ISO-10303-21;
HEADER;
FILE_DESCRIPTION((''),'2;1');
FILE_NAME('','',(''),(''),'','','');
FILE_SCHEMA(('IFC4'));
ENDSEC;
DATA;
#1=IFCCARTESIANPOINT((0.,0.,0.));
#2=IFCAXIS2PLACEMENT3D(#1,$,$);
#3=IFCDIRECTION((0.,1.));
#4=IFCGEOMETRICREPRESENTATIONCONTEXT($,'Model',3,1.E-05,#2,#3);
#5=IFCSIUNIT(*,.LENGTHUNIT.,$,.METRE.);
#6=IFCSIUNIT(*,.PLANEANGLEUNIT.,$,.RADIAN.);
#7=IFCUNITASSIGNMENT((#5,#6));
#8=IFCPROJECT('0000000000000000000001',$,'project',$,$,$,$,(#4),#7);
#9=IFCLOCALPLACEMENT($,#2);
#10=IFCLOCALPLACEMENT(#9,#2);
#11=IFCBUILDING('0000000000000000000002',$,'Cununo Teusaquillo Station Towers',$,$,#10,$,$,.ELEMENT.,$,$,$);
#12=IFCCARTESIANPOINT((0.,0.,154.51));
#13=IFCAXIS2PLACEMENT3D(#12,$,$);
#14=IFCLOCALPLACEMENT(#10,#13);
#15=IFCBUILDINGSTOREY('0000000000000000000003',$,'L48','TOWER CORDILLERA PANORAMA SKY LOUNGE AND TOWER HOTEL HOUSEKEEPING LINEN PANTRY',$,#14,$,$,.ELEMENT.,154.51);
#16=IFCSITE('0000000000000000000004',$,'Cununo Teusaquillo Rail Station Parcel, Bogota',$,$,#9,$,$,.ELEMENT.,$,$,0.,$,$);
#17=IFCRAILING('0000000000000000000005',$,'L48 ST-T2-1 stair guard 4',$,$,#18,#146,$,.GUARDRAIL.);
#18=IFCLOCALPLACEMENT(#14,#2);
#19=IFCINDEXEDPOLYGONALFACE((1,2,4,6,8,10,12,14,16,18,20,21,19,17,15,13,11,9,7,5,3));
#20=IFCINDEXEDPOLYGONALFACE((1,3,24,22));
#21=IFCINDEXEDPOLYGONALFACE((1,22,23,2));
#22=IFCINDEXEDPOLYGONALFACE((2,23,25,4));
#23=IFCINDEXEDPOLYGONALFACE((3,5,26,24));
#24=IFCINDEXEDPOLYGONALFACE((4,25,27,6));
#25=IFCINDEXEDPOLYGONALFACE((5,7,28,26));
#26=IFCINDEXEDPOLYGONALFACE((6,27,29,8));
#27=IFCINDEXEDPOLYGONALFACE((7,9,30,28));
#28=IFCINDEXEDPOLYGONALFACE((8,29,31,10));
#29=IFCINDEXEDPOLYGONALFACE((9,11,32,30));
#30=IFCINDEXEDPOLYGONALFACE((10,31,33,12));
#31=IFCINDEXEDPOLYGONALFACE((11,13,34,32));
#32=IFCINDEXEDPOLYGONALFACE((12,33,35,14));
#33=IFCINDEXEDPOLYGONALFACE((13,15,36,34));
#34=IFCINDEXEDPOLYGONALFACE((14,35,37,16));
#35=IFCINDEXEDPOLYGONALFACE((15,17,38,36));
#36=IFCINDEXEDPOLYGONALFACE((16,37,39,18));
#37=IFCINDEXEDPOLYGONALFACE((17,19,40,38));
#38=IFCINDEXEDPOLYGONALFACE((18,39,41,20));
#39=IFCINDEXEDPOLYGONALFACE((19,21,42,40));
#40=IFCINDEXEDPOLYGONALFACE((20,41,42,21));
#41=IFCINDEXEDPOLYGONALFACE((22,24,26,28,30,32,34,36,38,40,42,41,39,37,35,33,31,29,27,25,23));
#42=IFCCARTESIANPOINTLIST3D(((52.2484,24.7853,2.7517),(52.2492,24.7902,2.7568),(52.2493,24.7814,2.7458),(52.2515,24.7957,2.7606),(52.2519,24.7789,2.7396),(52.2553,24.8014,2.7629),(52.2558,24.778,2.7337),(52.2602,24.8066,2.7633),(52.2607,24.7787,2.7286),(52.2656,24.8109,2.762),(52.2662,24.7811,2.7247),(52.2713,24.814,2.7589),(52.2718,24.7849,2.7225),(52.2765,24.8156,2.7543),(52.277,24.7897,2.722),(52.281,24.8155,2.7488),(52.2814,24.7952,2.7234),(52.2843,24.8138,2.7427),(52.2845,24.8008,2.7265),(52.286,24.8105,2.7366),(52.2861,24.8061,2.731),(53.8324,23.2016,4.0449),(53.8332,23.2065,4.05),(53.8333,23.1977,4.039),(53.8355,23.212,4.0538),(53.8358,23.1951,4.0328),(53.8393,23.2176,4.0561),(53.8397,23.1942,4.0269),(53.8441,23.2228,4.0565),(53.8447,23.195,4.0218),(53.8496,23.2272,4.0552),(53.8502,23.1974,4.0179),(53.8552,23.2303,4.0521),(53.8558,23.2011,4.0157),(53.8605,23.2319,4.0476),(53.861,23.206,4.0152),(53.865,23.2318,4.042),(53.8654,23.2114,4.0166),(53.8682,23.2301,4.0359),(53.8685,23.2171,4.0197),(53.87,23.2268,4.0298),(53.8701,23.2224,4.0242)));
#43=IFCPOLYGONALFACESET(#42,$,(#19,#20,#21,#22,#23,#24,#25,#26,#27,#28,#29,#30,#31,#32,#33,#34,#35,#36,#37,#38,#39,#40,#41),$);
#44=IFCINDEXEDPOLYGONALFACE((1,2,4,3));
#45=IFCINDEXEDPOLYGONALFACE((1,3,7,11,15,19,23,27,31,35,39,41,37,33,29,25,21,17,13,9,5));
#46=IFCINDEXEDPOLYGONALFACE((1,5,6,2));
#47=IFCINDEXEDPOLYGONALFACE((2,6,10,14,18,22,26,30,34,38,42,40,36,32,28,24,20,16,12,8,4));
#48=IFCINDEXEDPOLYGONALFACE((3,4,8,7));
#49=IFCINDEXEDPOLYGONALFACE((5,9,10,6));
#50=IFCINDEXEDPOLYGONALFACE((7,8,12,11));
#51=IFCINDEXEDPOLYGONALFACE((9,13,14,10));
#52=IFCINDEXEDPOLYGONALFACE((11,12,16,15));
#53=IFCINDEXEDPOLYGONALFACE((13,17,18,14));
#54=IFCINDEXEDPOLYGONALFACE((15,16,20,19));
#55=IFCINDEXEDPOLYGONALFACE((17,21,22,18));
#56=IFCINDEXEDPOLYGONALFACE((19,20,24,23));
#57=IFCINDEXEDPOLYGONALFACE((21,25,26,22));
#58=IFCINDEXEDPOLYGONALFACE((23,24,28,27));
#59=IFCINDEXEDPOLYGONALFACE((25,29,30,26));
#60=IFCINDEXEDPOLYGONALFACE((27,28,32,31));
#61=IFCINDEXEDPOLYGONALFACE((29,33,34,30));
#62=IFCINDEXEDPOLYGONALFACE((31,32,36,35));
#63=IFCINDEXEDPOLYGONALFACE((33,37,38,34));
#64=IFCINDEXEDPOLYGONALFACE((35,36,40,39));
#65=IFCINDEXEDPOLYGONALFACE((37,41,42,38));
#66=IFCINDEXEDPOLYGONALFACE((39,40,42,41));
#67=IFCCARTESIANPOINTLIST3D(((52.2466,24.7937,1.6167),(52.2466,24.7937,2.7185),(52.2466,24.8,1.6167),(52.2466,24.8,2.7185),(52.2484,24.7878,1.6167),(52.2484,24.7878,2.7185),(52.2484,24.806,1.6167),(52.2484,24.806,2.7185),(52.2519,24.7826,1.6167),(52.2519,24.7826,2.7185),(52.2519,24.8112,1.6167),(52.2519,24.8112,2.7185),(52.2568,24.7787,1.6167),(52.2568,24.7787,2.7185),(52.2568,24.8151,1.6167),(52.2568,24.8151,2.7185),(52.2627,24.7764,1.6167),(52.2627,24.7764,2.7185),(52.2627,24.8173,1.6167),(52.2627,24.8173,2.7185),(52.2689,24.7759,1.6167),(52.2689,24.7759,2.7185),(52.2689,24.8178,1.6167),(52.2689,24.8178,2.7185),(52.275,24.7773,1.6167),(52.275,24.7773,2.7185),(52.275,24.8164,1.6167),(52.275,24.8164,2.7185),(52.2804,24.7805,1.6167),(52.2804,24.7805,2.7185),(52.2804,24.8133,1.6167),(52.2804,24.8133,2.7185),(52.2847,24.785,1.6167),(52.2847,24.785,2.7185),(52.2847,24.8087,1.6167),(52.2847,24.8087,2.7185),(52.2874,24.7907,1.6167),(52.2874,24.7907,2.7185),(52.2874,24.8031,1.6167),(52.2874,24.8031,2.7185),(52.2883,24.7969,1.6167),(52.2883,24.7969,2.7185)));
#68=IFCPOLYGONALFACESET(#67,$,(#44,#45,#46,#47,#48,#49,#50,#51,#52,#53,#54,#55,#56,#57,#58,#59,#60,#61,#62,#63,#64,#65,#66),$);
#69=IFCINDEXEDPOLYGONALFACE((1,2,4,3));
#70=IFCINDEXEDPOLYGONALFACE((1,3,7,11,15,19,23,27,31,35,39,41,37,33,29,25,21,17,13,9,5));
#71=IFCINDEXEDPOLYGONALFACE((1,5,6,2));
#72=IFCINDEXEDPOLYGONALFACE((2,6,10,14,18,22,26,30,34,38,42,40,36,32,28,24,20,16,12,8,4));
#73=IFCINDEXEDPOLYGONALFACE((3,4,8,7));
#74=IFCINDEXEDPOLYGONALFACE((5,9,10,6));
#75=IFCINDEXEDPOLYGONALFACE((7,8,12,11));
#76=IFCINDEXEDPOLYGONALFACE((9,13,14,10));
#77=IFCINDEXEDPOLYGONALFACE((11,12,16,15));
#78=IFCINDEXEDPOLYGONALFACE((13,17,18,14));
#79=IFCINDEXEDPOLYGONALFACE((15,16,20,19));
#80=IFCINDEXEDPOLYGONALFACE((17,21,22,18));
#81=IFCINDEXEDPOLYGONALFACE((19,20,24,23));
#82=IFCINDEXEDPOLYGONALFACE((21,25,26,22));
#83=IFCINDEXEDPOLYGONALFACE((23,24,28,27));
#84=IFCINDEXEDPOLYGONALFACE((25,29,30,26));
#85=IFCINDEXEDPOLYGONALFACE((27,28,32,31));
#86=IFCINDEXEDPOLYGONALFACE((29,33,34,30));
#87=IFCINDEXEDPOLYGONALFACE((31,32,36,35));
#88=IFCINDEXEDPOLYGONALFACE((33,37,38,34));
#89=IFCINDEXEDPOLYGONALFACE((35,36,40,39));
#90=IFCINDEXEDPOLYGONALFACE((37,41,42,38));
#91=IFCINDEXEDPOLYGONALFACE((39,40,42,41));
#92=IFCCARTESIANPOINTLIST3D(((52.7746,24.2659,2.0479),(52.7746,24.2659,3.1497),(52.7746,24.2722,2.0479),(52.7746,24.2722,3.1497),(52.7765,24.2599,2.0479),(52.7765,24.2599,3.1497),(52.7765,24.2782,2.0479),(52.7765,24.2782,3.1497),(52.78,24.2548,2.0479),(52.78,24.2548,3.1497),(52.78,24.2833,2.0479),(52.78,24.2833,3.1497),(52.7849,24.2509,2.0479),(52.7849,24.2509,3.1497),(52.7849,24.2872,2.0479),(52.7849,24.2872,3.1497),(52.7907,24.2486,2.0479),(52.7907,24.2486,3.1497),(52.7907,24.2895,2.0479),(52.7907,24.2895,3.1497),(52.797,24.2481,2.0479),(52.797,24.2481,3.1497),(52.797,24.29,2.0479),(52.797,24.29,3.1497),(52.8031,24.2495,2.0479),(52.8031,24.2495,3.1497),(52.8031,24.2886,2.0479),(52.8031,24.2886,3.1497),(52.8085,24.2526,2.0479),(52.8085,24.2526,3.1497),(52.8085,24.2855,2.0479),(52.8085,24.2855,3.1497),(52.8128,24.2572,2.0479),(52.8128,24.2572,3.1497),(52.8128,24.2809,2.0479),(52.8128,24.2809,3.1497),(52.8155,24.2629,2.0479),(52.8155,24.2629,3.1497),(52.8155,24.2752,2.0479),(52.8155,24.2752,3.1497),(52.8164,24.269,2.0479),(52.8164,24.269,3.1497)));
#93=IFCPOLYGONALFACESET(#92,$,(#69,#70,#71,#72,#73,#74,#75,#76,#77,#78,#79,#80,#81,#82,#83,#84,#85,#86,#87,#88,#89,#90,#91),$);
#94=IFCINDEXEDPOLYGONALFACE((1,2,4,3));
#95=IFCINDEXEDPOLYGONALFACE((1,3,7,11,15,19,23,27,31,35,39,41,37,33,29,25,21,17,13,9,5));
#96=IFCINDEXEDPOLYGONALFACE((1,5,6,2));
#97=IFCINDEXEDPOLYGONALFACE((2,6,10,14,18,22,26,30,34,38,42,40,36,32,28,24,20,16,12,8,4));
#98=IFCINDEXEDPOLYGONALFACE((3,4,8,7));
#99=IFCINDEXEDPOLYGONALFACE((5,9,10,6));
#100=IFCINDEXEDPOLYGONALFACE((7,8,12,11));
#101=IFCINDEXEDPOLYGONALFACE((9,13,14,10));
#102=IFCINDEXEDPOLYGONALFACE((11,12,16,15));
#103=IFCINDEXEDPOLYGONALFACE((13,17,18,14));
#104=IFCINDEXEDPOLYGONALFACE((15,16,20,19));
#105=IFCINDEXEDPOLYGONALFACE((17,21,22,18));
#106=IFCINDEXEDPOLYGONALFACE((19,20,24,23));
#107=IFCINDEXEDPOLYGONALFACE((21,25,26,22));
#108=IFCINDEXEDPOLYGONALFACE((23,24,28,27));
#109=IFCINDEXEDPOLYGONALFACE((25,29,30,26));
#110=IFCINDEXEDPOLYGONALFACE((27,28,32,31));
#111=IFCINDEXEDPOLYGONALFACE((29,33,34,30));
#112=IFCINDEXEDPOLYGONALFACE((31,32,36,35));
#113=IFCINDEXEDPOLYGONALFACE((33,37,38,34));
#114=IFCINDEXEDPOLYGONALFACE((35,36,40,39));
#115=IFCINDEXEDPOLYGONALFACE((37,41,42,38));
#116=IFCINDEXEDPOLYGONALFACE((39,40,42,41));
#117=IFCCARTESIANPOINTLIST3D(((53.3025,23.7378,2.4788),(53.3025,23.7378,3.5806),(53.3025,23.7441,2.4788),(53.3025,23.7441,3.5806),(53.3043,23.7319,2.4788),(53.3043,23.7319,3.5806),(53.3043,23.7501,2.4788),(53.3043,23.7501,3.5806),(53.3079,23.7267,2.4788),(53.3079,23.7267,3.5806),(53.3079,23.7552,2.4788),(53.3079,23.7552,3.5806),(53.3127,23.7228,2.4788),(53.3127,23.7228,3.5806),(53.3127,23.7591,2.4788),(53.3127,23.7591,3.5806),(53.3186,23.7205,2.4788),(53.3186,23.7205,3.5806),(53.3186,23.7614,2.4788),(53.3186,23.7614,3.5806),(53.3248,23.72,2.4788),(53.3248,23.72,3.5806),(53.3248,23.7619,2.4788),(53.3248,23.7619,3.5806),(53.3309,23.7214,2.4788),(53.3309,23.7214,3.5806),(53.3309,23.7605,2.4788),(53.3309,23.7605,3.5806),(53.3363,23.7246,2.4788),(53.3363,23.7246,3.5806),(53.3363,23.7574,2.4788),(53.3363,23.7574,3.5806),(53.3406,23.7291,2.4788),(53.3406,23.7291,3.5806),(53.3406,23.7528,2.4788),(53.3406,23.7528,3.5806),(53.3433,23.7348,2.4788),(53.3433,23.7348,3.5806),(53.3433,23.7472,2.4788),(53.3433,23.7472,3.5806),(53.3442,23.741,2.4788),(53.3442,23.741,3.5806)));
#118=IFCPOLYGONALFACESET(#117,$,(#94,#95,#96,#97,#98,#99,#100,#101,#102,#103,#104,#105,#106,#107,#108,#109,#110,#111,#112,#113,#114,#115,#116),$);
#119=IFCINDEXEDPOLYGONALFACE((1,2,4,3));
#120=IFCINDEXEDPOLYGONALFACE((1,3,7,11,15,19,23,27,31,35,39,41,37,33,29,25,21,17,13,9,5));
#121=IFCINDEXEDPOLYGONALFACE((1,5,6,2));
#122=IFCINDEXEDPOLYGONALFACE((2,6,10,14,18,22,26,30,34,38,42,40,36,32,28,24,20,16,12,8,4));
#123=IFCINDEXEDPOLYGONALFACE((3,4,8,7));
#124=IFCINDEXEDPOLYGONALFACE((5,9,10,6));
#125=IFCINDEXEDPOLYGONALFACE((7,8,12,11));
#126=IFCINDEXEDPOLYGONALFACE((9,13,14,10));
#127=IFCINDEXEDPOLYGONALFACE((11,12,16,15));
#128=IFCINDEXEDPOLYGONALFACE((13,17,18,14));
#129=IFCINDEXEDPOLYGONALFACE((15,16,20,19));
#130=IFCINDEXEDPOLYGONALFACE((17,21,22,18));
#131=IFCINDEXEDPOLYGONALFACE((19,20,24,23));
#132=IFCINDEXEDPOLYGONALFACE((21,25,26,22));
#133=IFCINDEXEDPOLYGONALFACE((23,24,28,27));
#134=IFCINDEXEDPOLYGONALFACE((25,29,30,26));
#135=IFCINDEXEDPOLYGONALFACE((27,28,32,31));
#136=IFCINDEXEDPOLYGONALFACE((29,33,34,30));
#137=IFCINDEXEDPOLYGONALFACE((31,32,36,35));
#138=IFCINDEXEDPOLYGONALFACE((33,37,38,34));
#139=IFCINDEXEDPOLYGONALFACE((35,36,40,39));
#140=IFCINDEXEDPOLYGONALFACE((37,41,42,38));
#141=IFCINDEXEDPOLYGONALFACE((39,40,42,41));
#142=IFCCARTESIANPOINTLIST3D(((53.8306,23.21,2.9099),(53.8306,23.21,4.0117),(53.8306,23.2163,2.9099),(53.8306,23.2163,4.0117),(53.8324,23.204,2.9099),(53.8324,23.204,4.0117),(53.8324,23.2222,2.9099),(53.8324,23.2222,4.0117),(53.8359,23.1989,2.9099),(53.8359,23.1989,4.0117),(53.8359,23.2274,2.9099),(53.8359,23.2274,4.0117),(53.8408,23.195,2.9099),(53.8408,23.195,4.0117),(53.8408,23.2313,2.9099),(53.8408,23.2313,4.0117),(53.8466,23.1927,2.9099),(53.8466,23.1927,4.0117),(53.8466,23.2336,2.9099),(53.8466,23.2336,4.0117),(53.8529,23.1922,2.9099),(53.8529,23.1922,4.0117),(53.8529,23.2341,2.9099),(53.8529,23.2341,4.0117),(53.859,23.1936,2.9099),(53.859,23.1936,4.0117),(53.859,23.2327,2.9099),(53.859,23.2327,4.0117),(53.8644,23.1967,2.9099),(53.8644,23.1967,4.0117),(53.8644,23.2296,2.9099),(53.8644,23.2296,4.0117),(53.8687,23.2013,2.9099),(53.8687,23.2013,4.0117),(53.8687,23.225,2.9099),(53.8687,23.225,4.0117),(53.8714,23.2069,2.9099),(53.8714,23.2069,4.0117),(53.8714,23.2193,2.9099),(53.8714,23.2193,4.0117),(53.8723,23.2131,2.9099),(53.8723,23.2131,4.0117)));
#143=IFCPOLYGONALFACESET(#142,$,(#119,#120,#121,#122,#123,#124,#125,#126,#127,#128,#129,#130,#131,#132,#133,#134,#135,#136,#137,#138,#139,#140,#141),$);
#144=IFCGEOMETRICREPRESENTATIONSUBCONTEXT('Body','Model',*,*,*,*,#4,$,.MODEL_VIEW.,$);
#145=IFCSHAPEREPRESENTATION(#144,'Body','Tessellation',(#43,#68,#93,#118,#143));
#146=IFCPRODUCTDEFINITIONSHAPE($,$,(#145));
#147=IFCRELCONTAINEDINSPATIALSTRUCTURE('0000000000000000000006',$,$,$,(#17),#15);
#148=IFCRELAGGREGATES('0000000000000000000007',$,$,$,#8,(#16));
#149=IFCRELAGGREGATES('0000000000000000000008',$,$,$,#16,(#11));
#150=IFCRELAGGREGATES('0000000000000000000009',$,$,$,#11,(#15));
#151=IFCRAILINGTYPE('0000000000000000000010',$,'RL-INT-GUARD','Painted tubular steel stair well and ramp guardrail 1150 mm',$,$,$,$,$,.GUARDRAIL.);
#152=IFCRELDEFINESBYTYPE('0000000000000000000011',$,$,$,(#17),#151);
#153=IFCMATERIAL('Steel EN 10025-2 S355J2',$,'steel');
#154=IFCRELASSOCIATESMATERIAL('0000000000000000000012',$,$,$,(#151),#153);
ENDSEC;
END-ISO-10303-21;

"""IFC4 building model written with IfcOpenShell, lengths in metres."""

from ifc_helpers import new_model, si_unit, direction, frame, origin, origin_2d, place, context, subcontext, project, spatial, circle, extrude, material, type_object, element, save


model = new_model("IFC4")

# Units and contexts
model_context = context("Model", 3, precision=1e-05, world=origin(), true_north=direction((0.0, 1.0)))
body_context = subcontext(model_context, "Body", "Model", "MODEL_VIEW")
ifc_project = project(units=[si_unit("LENGTHUNIT", "METRE"), si_unit("PLANEANGLEUNIT", "RADIAN")], contexts=[model_context])

# Site, building, storey
site_placement = place(None, origin())
site = spatial("IfcSite", under=ifc_project, at=site_placement, Name="Cununo Teusaquillo Rail Station Parcel, Bogota", CompositionType="ELEMENT", RefElevation=0.0)
building_placement = place(site_placement, origin())
building = spatial("IfcBuilding", under=site, at=building_placement, Name="Cununo Teusaquillo Station Towers", CompositionType="ELEMENT")
storey_placement = place(building_placement, frame((0.0, 0.0, 154.51)))
storey = spatial("IfcBuildingStorey", under=building, at=storey_placement, Name="L48", Description="TOWER CORDILLERA PANORAMA SKY LOUNGE AND TOWER HOTEL HOUSEKEEPING LINEN PANTRY", CompositionType="ELEMENT", Elevation=154.51)

# Railing
ifc_material_1 = material(Name="Steel EN 10025-2 S355J2", Category="steel")
railing_type_1 = type_object("IfcRailingType", Name="RL-INT-GUARD", Description="Painted tubular steel stair well and ramp guardrail 1150 mm", PredefinedType="GUARDRAIL", material=ifc_material_1)
railing_1_placement = place(storey_placement, frame((52.2673, 24.7969, 1.6167)))
element("IfcRailing", 1, at=railing_1_placement, inside=storey, type_object=railing_type_1, Name="L48 ST-T2-1 stair guard 4", PredefinedType="GUARDRAIL", context=body_context, shape_type="SweptSolid", body=[
    extrude(circle(Radius=0.0239, at=origin_2d()), frame((0.0, 0.0, 1.126), z_axis=(0.61242, -0.612326, 0.499998), x_axis=(0.707052, 0.707161, 0.0)), (0.0, 0.0, 1.0), 2.5864),
    extrude(circle(Radius=0.021, at=origin_2d()), origin(), (0.0, 0.0, 1.0), 1.1018),
    extrude(circle(Radius=0.021, at=origin_2d()), frame((0.5281, -0.5278, 0.4312)), (0.0, 0.0, 1.0), 1.1018),
    extrude(circle(Radius=0.021, at=origin_2d()), frame((1.0559, -1.0559, 0.8621)), (0.0, 0.0, 1.0), 1.1018),
    extrude(circle(Radius=0.021, at=origin_2d()), frame((1.584, -1.5837, 1.2932)), (0.0, 0.0, 1.0), 1.1018),
])

save(model, "model.ifc")
